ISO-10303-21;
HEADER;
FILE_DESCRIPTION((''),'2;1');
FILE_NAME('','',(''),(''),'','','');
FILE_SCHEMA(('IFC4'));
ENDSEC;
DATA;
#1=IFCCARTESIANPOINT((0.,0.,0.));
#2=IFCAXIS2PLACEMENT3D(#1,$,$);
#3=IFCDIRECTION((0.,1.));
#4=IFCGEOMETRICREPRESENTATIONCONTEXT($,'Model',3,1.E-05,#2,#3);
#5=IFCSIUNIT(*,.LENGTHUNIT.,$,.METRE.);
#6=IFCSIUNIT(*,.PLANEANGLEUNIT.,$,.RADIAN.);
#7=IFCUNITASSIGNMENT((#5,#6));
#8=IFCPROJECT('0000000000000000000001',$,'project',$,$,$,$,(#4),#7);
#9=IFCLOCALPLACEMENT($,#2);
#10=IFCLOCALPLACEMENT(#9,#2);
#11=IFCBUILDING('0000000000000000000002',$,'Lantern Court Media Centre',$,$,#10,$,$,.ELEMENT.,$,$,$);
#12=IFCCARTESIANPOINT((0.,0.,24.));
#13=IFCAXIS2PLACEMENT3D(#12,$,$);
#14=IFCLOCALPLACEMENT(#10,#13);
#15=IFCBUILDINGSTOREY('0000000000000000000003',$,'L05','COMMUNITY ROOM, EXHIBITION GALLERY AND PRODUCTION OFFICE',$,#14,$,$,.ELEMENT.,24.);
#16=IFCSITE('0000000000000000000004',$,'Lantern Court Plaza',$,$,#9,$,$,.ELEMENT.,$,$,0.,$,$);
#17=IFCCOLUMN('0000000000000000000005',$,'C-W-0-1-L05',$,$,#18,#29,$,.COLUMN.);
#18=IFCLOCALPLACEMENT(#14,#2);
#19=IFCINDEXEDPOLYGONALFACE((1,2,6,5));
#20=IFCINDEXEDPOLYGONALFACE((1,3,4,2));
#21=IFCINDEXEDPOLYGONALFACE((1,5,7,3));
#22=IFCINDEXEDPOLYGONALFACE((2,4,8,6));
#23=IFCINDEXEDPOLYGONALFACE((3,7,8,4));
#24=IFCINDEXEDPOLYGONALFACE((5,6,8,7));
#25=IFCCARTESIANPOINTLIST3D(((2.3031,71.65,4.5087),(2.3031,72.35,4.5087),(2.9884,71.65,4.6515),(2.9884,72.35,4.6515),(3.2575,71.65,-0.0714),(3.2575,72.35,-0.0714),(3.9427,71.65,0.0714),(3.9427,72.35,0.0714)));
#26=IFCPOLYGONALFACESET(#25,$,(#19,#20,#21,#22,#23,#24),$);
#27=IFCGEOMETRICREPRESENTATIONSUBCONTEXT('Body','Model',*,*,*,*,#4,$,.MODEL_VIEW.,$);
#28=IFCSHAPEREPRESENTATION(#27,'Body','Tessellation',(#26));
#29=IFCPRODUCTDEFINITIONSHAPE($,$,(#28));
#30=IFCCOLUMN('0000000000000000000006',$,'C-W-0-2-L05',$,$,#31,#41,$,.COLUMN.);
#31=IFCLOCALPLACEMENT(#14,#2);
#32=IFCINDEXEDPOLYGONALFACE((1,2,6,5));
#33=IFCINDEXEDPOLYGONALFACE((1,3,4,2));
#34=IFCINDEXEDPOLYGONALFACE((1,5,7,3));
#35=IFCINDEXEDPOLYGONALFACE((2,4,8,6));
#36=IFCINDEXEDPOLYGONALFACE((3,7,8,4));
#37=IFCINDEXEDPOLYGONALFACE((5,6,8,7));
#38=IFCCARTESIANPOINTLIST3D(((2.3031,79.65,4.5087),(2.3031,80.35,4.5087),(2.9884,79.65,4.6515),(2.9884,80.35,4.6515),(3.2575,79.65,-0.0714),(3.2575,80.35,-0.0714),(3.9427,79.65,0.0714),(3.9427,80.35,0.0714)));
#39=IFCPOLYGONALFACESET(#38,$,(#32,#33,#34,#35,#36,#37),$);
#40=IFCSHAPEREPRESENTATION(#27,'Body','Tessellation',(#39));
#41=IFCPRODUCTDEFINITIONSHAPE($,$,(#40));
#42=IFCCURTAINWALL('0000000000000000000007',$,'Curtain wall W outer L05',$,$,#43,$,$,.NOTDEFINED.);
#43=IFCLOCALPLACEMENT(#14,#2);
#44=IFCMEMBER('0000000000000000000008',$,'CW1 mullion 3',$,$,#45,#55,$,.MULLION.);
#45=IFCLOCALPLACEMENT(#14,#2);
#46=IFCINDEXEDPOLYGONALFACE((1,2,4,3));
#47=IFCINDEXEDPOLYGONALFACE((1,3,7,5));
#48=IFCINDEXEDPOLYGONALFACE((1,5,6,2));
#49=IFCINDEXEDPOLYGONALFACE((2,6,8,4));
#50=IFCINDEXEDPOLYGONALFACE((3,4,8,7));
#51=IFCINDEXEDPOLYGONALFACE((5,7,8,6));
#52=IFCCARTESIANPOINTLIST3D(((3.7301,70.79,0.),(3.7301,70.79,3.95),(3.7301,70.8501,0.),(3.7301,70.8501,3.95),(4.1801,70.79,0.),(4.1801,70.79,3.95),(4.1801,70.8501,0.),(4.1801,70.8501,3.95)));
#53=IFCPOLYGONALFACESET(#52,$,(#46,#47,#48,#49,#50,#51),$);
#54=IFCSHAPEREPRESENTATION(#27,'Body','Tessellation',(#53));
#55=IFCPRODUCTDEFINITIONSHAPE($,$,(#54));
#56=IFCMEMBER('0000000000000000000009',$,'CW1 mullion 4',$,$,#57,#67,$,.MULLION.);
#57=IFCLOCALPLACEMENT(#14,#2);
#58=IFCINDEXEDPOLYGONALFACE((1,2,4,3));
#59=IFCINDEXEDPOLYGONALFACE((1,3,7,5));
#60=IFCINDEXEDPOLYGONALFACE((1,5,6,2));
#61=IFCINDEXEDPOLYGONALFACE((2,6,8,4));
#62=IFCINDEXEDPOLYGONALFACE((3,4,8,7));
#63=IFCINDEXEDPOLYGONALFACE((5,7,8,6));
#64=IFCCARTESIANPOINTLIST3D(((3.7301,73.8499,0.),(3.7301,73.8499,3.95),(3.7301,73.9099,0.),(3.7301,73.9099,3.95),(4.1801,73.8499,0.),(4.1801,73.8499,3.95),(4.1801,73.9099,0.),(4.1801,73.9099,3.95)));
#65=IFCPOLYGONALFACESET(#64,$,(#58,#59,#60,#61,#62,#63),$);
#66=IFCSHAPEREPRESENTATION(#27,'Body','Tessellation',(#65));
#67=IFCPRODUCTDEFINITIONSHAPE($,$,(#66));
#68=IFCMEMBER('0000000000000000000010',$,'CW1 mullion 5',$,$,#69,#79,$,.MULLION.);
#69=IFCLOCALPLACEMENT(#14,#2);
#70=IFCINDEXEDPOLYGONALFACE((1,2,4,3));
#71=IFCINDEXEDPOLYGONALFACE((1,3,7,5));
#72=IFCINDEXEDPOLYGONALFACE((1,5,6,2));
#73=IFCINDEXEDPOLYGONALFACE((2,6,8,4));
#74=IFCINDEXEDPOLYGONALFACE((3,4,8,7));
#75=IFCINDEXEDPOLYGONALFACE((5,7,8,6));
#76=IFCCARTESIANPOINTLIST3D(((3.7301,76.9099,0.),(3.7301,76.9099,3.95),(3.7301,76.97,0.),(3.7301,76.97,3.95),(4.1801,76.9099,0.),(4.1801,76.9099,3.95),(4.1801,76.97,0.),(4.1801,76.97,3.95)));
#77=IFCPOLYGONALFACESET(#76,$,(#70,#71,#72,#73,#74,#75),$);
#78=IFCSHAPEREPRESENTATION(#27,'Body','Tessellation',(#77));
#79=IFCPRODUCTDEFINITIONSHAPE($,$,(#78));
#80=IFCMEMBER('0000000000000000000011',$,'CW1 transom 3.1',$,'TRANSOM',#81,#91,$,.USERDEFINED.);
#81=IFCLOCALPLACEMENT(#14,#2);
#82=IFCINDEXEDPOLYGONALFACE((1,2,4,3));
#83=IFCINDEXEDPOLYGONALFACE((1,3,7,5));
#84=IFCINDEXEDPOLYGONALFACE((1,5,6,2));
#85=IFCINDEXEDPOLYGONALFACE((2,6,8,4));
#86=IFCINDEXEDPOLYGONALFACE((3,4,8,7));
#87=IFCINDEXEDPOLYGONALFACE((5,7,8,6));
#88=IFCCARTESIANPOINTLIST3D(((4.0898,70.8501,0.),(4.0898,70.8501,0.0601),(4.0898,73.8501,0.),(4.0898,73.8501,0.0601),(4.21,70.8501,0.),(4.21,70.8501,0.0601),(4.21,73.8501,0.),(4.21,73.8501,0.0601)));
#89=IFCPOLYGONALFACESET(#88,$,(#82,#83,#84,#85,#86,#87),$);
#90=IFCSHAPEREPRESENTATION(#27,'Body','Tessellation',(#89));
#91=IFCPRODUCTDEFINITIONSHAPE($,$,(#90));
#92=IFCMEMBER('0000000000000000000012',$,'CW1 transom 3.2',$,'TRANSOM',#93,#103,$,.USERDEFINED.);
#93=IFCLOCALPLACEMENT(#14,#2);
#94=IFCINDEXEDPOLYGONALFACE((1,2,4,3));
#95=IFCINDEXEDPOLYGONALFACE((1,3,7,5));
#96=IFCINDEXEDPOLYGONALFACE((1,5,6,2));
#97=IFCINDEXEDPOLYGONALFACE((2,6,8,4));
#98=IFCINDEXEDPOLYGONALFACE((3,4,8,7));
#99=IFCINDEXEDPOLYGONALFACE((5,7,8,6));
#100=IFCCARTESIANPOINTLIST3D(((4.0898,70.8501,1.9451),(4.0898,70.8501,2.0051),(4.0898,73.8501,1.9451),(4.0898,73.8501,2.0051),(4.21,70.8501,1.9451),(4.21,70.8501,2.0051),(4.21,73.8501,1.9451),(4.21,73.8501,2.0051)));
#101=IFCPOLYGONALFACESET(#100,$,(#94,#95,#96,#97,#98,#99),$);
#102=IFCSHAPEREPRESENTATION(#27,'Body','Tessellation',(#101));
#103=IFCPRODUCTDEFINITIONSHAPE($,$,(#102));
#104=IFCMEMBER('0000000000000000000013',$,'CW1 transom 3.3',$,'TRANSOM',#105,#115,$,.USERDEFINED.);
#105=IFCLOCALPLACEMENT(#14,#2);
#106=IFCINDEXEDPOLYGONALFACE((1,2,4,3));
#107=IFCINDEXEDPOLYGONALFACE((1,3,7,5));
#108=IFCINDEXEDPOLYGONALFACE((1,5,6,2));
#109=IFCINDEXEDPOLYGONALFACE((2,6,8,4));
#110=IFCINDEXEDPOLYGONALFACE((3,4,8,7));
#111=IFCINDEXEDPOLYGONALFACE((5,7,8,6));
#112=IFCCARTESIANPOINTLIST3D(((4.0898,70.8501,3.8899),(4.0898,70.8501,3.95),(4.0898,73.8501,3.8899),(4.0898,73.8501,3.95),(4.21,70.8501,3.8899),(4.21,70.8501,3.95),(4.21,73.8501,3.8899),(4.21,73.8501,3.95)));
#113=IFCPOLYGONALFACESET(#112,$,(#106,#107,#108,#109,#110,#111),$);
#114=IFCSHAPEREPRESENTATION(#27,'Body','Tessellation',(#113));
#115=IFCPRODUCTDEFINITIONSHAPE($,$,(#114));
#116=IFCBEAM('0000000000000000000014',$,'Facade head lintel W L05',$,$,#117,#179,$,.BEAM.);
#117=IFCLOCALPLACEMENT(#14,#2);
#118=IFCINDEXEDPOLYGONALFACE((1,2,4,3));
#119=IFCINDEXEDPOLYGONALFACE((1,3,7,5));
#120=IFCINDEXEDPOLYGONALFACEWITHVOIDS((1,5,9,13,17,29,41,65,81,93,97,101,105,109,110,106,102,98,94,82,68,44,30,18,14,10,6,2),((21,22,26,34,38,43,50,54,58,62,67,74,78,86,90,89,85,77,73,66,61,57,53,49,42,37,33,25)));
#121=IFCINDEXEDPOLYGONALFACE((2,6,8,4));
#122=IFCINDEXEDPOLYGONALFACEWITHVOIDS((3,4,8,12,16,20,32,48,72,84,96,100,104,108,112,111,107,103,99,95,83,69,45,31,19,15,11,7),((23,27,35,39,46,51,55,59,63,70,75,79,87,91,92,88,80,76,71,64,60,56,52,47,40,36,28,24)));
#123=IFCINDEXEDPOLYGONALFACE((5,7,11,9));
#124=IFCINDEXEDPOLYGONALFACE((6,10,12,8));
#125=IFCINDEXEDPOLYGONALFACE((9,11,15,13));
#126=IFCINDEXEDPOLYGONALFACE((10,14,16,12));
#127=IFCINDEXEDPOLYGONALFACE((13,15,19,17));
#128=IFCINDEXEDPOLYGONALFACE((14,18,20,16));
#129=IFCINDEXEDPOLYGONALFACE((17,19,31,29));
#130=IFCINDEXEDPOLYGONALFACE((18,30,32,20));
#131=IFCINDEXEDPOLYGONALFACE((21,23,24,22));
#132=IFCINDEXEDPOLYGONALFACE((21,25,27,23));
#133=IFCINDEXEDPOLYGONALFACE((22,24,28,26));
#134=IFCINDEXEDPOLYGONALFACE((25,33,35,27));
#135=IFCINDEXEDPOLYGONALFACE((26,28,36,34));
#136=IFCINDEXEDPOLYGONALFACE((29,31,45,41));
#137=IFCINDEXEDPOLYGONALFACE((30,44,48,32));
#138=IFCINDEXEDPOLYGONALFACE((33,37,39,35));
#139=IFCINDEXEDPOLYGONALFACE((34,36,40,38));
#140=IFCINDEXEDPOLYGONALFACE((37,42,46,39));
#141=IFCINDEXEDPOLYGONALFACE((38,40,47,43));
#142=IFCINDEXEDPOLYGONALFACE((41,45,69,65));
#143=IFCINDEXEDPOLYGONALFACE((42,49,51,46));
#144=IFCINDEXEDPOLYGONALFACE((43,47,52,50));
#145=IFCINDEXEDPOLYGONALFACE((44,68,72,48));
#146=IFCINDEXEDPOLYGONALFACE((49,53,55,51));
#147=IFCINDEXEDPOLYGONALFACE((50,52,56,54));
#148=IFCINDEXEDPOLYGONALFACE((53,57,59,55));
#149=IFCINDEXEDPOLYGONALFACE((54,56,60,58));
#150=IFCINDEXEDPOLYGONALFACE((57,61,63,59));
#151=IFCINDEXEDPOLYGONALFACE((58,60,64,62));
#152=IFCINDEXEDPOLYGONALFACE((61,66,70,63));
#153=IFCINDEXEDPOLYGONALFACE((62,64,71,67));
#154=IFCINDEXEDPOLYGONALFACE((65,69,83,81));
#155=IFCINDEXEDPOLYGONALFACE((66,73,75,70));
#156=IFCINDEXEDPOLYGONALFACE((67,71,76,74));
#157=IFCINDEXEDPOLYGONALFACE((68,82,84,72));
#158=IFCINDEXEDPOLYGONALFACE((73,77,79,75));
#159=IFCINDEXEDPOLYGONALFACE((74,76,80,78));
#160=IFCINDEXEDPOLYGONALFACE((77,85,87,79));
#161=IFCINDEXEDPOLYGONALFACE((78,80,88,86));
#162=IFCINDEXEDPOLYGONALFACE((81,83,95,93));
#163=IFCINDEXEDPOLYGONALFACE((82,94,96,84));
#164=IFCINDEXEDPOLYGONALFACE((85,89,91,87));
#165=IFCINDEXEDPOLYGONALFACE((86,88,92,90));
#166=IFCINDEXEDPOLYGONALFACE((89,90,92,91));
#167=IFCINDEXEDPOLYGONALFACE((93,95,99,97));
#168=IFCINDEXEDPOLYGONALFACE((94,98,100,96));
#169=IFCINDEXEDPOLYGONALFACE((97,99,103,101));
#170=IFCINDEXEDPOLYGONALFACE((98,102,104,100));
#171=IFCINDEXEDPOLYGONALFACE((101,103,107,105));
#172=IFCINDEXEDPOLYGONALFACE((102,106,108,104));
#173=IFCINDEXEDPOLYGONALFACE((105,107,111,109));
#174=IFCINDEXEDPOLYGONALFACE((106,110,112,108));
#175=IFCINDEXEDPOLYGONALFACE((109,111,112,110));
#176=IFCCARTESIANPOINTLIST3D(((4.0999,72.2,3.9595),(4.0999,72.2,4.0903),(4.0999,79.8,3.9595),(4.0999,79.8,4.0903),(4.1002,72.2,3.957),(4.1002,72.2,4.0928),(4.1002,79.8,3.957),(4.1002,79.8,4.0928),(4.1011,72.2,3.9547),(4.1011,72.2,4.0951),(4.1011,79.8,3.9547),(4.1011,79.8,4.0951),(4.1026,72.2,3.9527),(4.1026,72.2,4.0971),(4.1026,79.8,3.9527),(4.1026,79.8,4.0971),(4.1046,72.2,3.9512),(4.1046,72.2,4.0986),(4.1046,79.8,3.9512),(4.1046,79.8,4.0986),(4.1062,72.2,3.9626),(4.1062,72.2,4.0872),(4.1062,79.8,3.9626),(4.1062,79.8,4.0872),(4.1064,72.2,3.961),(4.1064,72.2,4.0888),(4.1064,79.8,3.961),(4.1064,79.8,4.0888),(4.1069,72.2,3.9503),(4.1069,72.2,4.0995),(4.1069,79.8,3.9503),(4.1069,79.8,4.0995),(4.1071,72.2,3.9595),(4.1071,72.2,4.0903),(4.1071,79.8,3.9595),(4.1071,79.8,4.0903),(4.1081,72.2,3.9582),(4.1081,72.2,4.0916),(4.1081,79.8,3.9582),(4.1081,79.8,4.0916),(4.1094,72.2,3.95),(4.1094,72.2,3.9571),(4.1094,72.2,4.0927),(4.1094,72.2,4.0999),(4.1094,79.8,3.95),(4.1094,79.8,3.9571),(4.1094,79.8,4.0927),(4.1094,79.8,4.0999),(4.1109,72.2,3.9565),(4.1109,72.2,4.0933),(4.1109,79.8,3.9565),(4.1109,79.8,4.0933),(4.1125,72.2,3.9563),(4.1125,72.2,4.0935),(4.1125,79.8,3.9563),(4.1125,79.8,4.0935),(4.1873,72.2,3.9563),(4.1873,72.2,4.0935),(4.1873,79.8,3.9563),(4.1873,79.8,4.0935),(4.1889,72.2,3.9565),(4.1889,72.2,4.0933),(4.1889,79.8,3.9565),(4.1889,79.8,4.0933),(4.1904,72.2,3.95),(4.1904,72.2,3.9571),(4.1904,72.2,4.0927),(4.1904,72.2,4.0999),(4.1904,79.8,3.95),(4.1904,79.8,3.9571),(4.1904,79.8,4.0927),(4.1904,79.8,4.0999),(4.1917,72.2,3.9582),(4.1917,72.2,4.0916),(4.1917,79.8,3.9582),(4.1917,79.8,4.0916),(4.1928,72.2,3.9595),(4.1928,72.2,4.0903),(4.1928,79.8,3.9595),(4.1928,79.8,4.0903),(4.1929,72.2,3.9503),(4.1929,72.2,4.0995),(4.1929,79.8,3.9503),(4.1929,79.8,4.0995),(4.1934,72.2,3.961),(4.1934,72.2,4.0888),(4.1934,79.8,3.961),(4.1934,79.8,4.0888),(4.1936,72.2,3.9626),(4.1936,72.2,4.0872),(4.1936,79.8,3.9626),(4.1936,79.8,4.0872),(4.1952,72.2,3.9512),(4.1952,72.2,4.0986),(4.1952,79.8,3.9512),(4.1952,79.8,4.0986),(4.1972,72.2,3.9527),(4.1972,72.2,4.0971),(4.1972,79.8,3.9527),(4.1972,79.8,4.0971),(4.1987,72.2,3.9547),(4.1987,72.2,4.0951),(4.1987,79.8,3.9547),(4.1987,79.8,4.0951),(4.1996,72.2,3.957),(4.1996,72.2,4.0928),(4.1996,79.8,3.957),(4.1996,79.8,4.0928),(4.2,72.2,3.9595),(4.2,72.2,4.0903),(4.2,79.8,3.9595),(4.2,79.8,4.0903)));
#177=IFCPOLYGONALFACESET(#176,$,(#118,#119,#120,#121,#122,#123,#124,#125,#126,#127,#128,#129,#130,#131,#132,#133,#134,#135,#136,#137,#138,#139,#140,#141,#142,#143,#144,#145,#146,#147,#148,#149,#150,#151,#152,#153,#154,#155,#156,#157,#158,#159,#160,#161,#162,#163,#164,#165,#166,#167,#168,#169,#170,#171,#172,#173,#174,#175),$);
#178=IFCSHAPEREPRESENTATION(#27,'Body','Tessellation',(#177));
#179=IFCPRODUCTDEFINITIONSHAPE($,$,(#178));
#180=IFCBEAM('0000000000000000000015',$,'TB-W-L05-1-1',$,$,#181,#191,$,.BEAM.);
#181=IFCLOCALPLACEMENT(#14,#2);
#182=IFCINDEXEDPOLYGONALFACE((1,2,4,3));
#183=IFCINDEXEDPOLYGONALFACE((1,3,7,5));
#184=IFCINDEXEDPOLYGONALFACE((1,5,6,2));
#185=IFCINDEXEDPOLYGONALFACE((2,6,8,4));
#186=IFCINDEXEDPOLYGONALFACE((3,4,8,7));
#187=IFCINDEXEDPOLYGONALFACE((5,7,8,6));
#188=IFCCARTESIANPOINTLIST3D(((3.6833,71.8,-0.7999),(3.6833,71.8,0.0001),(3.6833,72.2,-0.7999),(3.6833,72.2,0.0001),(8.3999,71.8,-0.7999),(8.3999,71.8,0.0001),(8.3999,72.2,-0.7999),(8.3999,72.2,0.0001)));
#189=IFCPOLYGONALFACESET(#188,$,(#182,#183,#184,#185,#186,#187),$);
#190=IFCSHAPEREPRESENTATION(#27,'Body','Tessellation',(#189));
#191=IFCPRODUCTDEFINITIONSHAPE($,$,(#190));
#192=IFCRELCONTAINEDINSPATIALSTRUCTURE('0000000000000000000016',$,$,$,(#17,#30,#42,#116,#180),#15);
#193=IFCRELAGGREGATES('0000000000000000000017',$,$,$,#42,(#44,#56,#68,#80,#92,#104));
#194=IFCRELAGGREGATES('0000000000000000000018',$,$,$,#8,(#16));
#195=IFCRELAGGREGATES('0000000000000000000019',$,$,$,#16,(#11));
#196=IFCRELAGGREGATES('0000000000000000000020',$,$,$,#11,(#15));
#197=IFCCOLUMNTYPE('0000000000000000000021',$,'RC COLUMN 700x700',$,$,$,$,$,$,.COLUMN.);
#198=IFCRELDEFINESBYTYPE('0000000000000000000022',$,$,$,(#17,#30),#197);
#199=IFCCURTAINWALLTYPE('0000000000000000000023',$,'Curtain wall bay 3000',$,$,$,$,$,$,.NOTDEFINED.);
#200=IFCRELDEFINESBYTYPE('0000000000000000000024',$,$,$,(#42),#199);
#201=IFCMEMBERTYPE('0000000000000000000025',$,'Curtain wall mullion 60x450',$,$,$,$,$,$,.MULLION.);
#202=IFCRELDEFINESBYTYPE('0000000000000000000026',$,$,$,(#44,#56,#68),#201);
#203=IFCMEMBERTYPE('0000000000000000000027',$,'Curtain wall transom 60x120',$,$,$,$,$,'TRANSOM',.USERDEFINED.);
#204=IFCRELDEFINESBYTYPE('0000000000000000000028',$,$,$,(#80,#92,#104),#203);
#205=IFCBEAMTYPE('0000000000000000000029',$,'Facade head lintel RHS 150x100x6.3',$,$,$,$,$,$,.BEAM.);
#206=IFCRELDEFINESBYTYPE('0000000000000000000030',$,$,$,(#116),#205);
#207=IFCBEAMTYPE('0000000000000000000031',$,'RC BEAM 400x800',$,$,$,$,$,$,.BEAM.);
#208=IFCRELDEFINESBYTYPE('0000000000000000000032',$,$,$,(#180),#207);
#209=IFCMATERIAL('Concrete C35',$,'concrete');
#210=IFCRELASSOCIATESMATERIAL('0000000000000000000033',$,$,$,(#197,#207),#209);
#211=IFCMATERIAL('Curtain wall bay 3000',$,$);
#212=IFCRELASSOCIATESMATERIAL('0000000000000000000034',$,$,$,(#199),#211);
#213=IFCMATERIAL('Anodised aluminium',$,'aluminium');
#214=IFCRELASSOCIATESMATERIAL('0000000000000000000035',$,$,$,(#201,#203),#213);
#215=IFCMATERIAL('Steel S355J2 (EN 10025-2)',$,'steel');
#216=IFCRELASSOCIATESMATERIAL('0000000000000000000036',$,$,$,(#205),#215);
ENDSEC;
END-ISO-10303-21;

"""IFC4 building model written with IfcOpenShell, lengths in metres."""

from ifc_helpers import new_model, si_unit, direction, frame, origin, origin_2d, place, context, subcontext, project, spatial, rectangle, hollow_rectangle, extrude, material, material_profile, profile_set, type_object, element, aggregate, save


model = new_model("IFC4")

# Units and contexts
model_context = context("Model", 3, precision=1e-05, world=origin(), true_north=direction((0.0, 1.0)))
body_context = subcontext(model_context, "Body", "Model", "MODEL_VIEW")
ifc_project = project(units=[si_unit("LENGTHUNIT", "METRE"), si_unit("PLANEANGLEUNIT", "RADIAN")], contexts=[model_context])

# Site, building, storey
site_placement = place(None, origin())
site = spatial("IfcSite", under=ifc_project, at=site_placement, Name="Lantern Court Plaza", CompositionType="ELEMENT", RefElevation=0.0)
building_placement = place(site_placement, origin())
building = spatial("IfcBuilding", under=site, at=building_placement, Name="Lantern Court Media Centre", CompositionType="ELEMENT")
storey_placement = place(building_placement, frame((0.0, 0.0, 24.0)))
storey = spatial("IfcBuildingStorey", under=building, at=storey_placement, Name="L05", Description="COMMUNITY ROOM, EXHIBITION GALLERY AND PRODUCTION OFFICE", CompositionType="ELEMENT", Elevation=24.0)

# Columns
ifc_material_1 = material(Name="Concrete C35", Category="concrete")
ifc_material_profile_1 = material_profile(ifc_material_1, rectangle(XDim=0.7, YDim=0.7, at=origin_2d()), Name="RC 700x700")
ifc_profile_set_1 = profile_set([ifc_material_profile_1], Name="Concrete C35")
column_type = type_object("IfcColumnType", Name="RC COLUMN 700x700", PredefinedType="COLUMN", material=ifc_profile_set_1)
for number, where, z_axis, x_axis, name in (
    (1, (3.6001, 72.0, 0.0), (-0.203988, 0.0, 0.978973), (0.0, -1.0, 0.0), "C-W-0-1-L05"),
    (2, (3.6001, 80.0, 0.0), (-0.203988, 0.0, 0.978973), (0.0, -1.0, 0.0), "C-W-0-2-L05"),
):
    element("IfcColumn", number, at=place(storey_placement, frame(where, z_axis=z_axis, x_axis=x_axis)), inside=storey, type_object=column_type, Name=name, PredefinedType="COLUMN", context=body_context, shape_type="SweptSolid", body=[
        extrude(rectangle(XDim=0.7, YDim=0.7, at=origin_2d()), origin(), (0.0, 0.0, 1.0), 4.6785),
    ])

# Curtain wall, members
ifc_material_2 = material(Name="Curtain wall bay 3000")
curtain_wall_type = type_object("IfcCurtainWallType", Name="Curtain wall bay 3000", PredefinedType="NOTDEFINED", material=ifc_material_2)
curtain_wall_placement = place(storey_placement, origin())
curtain_wall = element("IfcCurtainWall", 3, at=curtain_wall_placement, inside=storey, type_object=curtain_wall_type, Name="Curtain wall W outer L05", PredefinedType="NOTDEFINED")
ifc_material_3 = material(Name="Anodised aluminium", Category="aluminium")
ifc_material_profile_2 = material_profile(ifc_material_3, rectangle(XDim=0.45, YDim=0.0601, at=origin_2d()), Name="AL 60x450")
ifc_profile_set_2 = profile_set([ifc_material_profile_2], Name="Anodised aluminium")
member_type_1 = type_object("IfcMemberType", Name="Curtain wall mullion 60x450", PredefinedType="MULLION", material=ifc_profile_set_2)
member_1_placement = place(storey_placement, frame((3.9551, 70.8201, 0.0), z_axis=(0.0, 0.0, 1.0), x_axis=(-1.0, 0.0, 0.0)))
member_1 = element("IfcMember", 4, at=member_1_placement, type_object=member_type_1, Name="CW1 mullion 3", PredefinedType="MULLION", context=body_context, shape_type="SweptSolid", body=[
    extrude(rectangle(XDim=0.45, YDim=0.0601, at=origin_2d()), origin(), (0.0, 0.0, 1.0), 3.95),
])
member_2_placement = place(storey_placement, frame((3.9551, 73.8799, 0.0), z_axis=(0.0, 0.0, 1.0), x_axis=(-1.0, 0.0, 0.0)))
member_2 = element("IfcMember", 5, at=member_2_placement, type_object=member_type_1, Name="CW1 mullion 4", PredefinedType="MULLION", context=body_context, shape_type="SweptSolid", body=[
    extrude(rectangle(XDim=0.45, YDim=0.0601, at=origin_2d()), origin(), (0.0, 0.0, 1.0), 3.95),
])
member_3_placement = place(storey_placement, frame((3.9551, 76.9399, 0.0), z_axis=(0.0, 0.0, 1.0), x_axis=(-1.0, 0.0, 0.0)))
member_3 = element("IfcMember", 6, at=member_3_placement, type_object=member_type_1, Name="CW1 mullion 5", PredefinedType="MULLION", context=body_context, shape_type="SweptSolid", body=[
    extrude(rectangle(XDim=0.45, YDim=0.0601, at=origin_2d()), origin(), (0.0, 0.0, 1.0), 3.95),
])
ifc_material_profile_3 = material_profile(ifc_material_3, rectangle(XDim=0.1201, YDim=0.0601, at=origin_2d()), Name="AL 60x120")
ifc_profile_set_3 = profile_set([ifc_material_profile_3], Name="Anodised aluminium")
member_type_2 = type_object("IfcMemberType", Name="Curtain wall transom 60x120", ElementType="TRANSOM", PredefinedType="USERDEFINED", material=ifc_profile_set_3)
member_4_placement = place(storey_placement, frame((4.1499, 70.8501, 0.03), z_axis=(0.0, 1.0, 0.0), x_axis=(-1.0, 0.0, 0.0)))
member_4 = element("IfcMember", 7, at=member_4_placement, type_object=member_type_2, Name="CW1 transom 3.1", ObjectType="TRANSOM", PredefinedType="USERDEFINED", context=body_context, shape_type="SweptSolid", body=[
    extrude(rectangle(XDim=0.1201, YDim=0.0601, at=origin_2d()), origin(), (0.0, 0.0, 1.0), 3.0),
])
member_5_placement = place(storey_placement, frame((4.1499, 70.8501, 1.9751), z_axis=(0.0, 1.0, 0.0), x_axis=(-1.0, 0.0, 0.0)))
member_5 = element("IfcMember", 8, at=member_5_placement, type_object=member_type_2, Name="CW1 transom 3.2", ObjectType="TRANSOM", PredefinedType="USERDEFINED", context=body_context, shape_type="SweptSolid", body=[
    extrude(rectangle(XDim=0.1201, YDim=0.0601, at=origin_2d()), origin(), (0.0, 0.0, 1.0), 3.0),
])
member_6_placement = place(storey_placement, frame((4.1499, 70.8501, 3.9199), z_axis=(0.0, 1.0, 0.0), x_axis=(-1.0, 0.0, 0.0)))
member_6 = element("IfcMember", 9, at=member_6_placement, type_object=member_type_2, Name="CW1 transom 3.3", ObjectType="TRANSOM", PredefinedType="USERDEFINED", context=body_context, shape_type="SweptSolid", body=[
    extrude(rectangle(XDim=0.1201, YDim=0.0601, at=origin_2d()), origin(), (0.0, 0.0, 1.0), 3.0),
])

# Beams
ifc_material_4 = material(Name="Steel S355J2 (EN 10025-2)", Category="steel")
ifc_material_profile_4 = material_profile(ifc_material_4, hollow_rectangle(XDim=0.1001, YDim=0.1499, WallThickness=0.0063, InnerFilletRadius=0.0063, OuterFilletRadius=0.0095, at=origin_2d()), Name="Facade head lintel RHS 150x100x6.3")
ifc_profile_set_4 = profile_set([ifc_material_profile_4], Name="Steel S355J2 (EN 10025-2)")
beam_type_1 = type_object("IfcBeamType", Name="Facade head lintel RHS 150x100x6.3", PredefinedType="BEAM", material=ifc_profile_set_4)
beam_placement = place(storey_placement, frame((4.1499, 72.2, 4.0249), z_axis=(0.0, 1.0, 0.0), x_axis=(-1.0, 0.0, 0.0)))
element("IfcBeam", 10, at=beam_placement, inside=storey, type_object=beam_type_1, Name="Facade head lintel W L05", PredefinedType="BEAM", context=body_context, shape_type="SweptSolid", body=[
    extrude(hollow_rectangle(XDim=0.1001, YDim=0.1499, WallThickness=0.0063, InnerFilletRadius=0.0063, OuterFilletRadius=0.0095, at=origin_2d()), origin(), (0.0, 0.0, 1.0), 7.6001),
])
ifc_material_profile_5 = material_profile(ifc_material_1, rectangle(XDim=0.3999, YDim=0.8, at=origin_2d()), Name="RC 400x800")
ifc_profile_set_5 = profile_set([ifc_material_profile_5], Name="Concrete C35")
beam_type_2 = type_object("IfcBeamType", Name="RC BEAM 400x800", PredefinedType="BEAM", material=ifc_profile_set_5)
for number, where, z_axis, x_axis, name in (
    (11, (3.6833, 72.0, -0.3999), (1.0, 0.0, 0.0), (0.0, 1.0, 0.0), "TB-W-L05-1-1"),
):
    element("IfcBeam", number, at=place(storey_placement, frame(where, z_axis=z_axis, x_axis=x_axis)), inside=storey, type_object=beam_type_2, Name=name, PredefinedType="BEAM", context=body_context, shape_type="SweptSolid", body=[
        extrude(rectangle(XDim=0.3999, YDim=0.8, at=origin_2d()), origin(), (0.0, 0.0, 1.0), 4.7166),
    ])

aggregate(curtain_wall, [member_1, member_2, member_3, member_4, member_5, member_6])

save(model, "model.ifc")
